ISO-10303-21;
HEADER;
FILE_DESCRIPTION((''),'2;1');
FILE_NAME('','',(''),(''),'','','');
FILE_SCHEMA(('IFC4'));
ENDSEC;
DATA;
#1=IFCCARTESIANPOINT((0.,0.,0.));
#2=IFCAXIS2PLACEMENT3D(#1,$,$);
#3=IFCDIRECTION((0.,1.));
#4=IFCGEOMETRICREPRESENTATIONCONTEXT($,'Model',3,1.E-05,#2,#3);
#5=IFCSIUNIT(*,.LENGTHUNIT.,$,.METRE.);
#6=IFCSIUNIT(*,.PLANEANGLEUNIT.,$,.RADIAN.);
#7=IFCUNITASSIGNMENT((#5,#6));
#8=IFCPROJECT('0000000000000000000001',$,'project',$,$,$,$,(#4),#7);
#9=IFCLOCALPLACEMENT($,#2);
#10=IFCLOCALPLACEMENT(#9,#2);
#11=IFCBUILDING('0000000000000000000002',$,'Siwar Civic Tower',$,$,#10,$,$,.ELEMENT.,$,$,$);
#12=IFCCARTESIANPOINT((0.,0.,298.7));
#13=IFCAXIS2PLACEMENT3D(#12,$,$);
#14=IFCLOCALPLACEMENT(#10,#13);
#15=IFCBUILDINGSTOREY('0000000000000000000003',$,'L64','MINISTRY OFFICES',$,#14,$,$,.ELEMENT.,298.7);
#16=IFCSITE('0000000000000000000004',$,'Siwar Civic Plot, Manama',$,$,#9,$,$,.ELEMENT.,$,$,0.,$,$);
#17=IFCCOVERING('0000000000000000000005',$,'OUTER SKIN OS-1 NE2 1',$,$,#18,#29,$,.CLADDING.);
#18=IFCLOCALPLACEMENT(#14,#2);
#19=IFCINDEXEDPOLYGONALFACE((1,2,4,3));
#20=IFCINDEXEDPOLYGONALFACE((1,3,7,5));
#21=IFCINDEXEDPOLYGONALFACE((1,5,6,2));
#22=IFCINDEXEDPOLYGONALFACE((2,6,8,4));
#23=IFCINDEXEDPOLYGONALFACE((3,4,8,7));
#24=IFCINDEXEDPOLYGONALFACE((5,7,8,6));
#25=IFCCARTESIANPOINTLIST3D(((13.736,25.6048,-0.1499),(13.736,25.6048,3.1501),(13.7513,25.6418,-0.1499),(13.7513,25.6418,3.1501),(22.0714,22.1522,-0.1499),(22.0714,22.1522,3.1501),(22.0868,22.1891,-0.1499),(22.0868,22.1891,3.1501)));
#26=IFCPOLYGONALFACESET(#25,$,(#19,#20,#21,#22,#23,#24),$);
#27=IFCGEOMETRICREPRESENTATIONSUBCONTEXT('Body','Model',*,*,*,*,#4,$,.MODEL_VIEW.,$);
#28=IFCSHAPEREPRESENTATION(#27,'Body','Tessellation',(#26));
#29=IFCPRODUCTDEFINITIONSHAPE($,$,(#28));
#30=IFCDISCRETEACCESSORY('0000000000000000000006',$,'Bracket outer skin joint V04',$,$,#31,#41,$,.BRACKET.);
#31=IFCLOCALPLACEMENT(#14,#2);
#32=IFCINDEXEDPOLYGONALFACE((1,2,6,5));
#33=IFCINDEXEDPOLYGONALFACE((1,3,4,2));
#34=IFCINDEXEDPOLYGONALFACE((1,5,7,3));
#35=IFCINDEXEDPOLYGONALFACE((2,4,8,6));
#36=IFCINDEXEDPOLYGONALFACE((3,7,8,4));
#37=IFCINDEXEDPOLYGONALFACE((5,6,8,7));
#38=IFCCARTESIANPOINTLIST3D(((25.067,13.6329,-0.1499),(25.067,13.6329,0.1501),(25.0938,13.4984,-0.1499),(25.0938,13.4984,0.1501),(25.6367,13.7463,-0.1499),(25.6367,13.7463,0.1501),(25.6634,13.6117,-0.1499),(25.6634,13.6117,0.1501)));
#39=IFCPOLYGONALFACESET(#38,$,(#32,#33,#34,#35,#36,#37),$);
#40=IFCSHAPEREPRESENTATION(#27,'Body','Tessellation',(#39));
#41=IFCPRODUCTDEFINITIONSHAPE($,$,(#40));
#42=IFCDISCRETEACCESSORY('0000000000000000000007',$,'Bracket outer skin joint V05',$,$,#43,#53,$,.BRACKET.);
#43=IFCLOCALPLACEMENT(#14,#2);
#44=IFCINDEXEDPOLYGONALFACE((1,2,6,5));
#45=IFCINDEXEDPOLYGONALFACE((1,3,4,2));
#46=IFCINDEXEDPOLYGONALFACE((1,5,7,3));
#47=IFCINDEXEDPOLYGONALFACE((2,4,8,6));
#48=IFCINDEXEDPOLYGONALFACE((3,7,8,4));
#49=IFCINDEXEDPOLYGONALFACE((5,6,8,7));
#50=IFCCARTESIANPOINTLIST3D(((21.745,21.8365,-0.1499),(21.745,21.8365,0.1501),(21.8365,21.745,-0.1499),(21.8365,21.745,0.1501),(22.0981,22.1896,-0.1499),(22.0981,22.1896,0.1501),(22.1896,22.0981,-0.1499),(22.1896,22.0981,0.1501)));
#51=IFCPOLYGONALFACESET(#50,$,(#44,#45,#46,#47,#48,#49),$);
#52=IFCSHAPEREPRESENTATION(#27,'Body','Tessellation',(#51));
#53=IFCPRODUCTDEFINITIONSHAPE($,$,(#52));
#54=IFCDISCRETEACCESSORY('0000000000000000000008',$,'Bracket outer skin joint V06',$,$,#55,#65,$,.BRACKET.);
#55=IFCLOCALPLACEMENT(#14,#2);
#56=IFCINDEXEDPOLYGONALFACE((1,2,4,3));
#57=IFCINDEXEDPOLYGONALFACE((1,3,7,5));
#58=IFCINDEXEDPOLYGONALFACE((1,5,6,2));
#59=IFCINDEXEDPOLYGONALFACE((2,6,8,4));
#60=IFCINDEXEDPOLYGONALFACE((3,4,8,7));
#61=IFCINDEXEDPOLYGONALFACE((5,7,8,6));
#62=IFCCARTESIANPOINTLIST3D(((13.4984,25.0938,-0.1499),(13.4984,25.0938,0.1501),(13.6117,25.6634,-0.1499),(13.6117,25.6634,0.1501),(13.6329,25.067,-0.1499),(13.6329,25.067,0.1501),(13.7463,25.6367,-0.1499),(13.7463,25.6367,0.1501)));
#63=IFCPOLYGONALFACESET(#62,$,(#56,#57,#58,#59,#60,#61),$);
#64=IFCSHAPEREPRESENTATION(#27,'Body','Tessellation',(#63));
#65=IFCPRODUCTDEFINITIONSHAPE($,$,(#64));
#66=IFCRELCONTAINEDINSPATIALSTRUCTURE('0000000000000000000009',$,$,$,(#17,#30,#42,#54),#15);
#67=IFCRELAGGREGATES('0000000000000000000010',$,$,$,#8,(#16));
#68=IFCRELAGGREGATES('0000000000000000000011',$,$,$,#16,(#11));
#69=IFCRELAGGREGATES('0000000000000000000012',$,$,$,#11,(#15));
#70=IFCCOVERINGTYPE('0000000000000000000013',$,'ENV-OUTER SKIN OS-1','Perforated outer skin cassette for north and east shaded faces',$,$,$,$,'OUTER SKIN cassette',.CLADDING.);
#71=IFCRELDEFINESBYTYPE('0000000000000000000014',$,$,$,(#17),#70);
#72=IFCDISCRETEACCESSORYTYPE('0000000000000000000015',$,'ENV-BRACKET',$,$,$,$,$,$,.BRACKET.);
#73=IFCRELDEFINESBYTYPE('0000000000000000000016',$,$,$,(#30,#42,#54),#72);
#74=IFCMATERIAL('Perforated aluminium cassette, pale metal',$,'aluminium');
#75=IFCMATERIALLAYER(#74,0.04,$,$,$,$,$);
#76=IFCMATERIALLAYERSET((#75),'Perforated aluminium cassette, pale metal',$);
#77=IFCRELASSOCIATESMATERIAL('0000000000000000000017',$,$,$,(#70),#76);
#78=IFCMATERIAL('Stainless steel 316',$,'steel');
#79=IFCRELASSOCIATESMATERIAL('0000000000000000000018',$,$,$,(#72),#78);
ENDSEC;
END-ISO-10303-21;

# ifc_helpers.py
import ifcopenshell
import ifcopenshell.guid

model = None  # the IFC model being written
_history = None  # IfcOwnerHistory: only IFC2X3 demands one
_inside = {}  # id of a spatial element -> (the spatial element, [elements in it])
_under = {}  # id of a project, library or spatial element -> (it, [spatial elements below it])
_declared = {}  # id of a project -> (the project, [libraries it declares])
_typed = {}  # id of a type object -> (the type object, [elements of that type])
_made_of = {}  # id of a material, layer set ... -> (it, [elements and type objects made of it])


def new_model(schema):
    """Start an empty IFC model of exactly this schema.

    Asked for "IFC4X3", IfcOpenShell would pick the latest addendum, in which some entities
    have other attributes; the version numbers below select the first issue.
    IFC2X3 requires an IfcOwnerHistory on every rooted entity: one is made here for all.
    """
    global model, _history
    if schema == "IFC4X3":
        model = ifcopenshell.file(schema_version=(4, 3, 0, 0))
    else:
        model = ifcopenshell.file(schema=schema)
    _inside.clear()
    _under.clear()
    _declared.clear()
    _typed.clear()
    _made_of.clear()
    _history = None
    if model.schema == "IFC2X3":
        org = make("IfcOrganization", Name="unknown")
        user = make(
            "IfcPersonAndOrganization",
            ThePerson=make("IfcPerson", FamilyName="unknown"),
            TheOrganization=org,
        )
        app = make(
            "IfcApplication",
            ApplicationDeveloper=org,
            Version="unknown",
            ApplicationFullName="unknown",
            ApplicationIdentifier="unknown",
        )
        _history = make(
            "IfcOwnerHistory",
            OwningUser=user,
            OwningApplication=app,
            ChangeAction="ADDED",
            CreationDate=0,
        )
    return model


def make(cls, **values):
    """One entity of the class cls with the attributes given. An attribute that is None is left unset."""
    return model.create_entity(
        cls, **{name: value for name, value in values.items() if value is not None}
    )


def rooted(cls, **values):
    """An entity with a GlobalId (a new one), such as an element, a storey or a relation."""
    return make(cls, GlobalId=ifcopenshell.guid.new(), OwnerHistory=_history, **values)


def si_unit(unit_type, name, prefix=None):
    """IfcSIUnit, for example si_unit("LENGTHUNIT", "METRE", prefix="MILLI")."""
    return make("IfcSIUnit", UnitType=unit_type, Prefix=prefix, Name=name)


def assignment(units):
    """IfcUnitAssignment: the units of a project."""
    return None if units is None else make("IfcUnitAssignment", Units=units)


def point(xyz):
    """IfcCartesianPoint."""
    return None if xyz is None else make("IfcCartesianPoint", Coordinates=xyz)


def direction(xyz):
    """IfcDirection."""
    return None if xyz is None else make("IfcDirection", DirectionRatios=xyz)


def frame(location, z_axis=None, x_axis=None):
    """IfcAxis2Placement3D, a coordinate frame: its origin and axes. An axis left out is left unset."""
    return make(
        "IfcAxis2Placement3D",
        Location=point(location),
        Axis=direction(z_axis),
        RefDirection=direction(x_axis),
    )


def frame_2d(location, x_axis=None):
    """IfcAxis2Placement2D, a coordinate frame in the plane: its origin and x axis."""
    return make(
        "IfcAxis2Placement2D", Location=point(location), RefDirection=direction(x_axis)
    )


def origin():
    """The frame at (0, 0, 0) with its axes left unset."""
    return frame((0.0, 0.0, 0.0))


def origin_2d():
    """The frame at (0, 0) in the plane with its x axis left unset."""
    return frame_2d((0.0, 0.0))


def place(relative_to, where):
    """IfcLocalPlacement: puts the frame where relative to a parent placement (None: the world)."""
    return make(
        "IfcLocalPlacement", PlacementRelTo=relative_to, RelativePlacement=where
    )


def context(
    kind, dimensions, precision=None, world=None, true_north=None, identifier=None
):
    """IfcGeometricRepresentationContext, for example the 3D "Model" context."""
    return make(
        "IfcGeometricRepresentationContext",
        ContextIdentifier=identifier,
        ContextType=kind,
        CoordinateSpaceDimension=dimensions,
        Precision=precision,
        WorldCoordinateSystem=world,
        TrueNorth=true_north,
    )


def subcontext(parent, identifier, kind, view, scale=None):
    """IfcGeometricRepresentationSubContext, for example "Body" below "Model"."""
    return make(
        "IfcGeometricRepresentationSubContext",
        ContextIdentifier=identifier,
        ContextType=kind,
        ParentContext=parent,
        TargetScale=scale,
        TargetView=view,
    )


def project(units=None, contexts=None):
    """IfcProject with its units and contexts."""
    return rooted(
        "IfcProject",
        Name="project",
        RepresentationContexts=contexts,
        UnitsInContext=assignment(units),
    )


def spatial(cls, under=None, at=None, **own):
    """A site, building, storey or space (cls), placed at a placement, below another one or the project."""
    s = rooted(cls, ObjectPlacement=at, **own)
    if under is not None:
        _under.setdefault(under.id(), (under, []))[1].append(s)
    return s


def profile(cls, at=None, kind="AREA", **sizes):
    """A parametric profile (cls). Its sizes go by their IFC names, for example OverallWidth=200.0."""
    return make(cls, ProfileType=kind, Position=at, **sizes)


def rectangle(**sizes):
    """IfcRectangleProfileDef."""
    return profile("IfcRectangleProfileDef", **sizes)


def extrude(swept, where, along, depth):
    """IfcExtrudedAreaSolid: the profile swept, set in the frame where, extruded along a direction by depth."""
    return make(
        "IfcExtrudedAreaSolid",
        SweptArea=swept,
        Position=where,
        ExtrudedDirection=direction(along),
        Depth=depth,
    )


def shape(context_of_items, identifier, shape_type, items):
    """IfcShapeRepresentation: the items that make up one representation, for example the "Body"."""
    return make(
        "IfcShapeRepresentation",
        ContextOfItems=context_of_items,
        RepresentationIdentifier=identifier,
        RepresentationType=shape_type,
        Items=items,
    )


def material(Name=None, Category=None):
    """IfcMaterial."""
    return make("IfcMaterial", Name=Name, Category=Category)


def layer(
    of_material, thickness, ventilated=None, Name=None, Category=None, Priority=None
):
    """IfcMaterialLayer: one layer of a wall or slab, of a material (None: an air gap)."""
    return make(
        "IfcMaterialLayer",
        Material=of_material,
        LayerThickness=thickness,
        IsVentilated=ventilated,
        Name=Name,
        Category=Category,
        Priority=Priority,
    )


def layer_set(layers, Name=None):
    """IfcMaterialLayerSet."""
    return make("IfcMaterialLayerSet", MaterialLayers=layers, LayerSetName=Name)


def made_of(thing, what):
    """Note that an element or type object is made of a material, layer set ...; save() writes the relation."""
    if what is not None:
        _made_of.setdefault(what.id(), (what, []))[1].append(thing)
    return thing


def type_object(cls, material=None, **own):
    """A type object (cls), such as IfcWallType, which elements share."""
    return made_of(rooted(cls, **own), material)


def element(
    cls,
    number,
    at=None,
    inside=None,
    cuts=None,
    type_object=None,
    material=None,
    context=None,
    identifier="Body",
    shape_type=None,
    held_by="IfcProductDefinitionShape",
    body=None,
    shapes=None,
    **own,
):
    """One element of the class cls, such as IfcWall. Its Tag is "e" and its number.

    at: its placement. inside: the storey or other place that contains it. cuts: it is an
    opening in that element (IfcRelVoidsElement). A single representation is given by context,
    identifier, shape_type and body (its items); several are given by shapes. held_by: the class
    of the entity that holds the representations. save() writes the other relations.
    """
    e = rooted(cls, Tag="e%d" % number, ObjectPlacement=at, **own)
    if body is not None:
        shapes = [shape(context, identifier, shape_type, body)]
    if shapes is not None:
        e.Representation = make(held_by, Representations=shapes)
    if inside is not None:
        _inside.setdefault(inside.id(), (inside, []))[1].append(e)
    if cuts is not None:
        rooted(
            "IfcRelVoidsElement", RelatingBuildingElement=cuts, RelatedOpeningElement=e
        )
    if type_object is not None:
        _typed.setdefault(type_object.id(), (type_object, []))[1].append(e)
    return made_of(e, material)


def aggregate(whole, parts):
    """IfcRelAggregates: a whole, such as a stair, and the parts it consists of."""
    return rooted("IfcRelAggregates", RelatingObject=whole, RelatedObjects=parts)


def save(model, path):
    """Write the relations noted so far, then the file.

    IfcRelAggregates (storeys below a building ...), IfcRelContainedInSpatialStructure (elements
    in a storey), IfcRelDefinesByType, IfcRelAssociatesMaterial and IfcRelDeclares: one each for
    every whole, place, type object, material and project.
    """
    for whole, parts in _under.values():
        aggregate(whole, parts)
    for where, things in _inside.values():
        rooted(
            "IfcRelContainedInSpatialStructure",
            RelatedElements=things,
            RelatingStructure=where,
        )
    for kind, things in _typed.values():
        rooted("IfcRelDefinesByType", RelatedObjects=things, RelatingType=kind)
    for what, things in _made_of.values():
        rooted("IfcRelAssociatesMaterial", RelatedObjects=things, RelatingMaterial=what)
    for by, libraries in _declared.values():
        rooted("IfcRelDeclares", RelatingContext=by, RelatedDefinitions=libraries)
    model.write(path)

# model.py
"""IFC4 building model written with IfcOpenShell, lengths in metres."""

from ifc_helpers import new_model, si_unit, direction, frame, origin, origin_2d, place, context, subcontext, project, spatial, rectangle, extrude, material, layer, layer_set, type_object, element, save


model = new_model("IFC4")

# Units and contexts
model_context = context("Model", 3, precision=1e-05, world=origin(), true_north=direction((0.0, 1.0)))
body_context = subcontext(model_context, "Body", "Model", "MODEL_VIEW")
ifc_project = project(units=[si_unit("LENGTHUNIT", "METRE"), si_unit("PLANEANGLEUNIT", "RADIAN")], contexts=[model_context])

# Site, building, storey
site_placement = place(None, origin())
site = spatial("IfcSite", under=ifc_project, at=site_placement, Name="Siwar Civic Plot, Manama", CompositionType="ELEMENT", RefElevation=0.0)
building_placement = place(site_placement, origin())
building = spatial("IfcBuilding", under=site, at=building_placement, Name="Siwar Civic Tower", CompositionType="ELEMENT")
storey_placement = place(building_placement, frame((0.0, 0.0, 298.7)))
storey = spatial("IfcBuildingStorey", under=building, at=storey_placement, Name="L64", Description="MINISTRY OFFICES", CompositionType="ELEMENT", Elevation=298.7)

# Covering
ifc_material_1 = material(Name="Perforated aluminium cassette, pale metal", Category="aluminium")
ifc_layer_1 = layer(ifc_material_1, 0.04)
ifc_layer_set_1 = layer_set([ifc_layer_1], Name="Perforated aluminium cassette, pale metal")
covering_type = type_object("IfcCoveringType", Name="ENV-OUTER SKIN OS-1", Description="Perforated outer skin cassette for north and east shaded faces", ElementType="OUTER SKIN cassette", PredefinedType="CLADDING", material=ifc_layer_set_1)
for number, where, z_axis, x_axis, name in (
    (1, (17.9114, 23.897, -0.1499), (0.0, 0.0, 1.0), (-0.92388, 0.382683, 0.0), "OUTER SKIN OS-1 NE2 1"),
):
    element("IfcCovering", number, at=place(storey_placement, frame(where, z_axis=z_axis, x_axis=x_axis)), inside=storey, type_object=covering_type, Name=name, PredefinedType="CLADDING", context=body_context, shape_type="SweptSolid", body=[
        extrude(rectangle(XDim=9.0222, YDim=0.04, at=origin_2d()), origin(), (0.0, 0.0, 1.0), 3.3),
    ])

# Discrete accessories
ifc_material_2 = material(Name="Stainless steel 316", Category="steel")
discrete_accessory_type = type_object("IfcDiscreteAccessoryType", Name="ENV-BRACKET", PredefinedType="BRACKET", material=ifc_material_2)
discrete_accessory_1_placement = place(storey_placement, frame((25.3652, 13.6223, -0.1499), z_axis=(0.0, 0.0, 1.0), x_axis=(0.980785, 0.19509, 0.0)))
element("IfcDiscreteAccessory", 2, at=discrete_accessory_1_placement, inside=storey, type_object=discrete_accessory_type, Name="Bracket outer skin joint V04", PredefinedType="BRACKET", context=body_context, shape_type="SweptSolid", body=[
    extrude(rectangle(XDim=0.5808, YDim=0.1372, at=origin_2d()), origin(), (0.0, 0.0, 1.0), 0.3),
])
discrete_accessory_2_placement = place(storey_placement, frame((21.9673, 21.9673, -0.1499), z_axis=(0.0, 0.0, 1.0), x_axis=(0.707107, 0.707107, 0.0)))
element("IfcDiscreteAccessory", 3, at=discrete_accessory_2_placement, inside=storey, type_object=discrete_accessory_type, Name="Bracket outer skin joint V05", PredefinedType="BRACKET", context=body_context, shape_type="SweptSolid", body=[
    extrude(rectangle(XDim=0.4993, YDim=0.1294, at=origin_2d()), origin(), (0.0, 0.0, 1.0), 0.3),
])
discrete_accessory_3_placement = place(storey_placement, frame((13.6223, 25.3652, -0.1499), z_axis=(0.0, 0.0, 1.0), x_axis=(0.19509, 0.980785, 0.0)))
element("IfcDiscreteAccessory", 4, at=discrete_accessory_3_placement, inside=storey, type_object=discrete_accessory_type, Name="Bracket outer skin joint V06", PredefinedType="BRACKET", context=body_context, shape_type="SweptSolid", body=[
    extrude(rectangle(XDim=0.5808, YDim=0.1372, at=origin_2d()), origin(), (0.0, 0.0, 1.0), 0.3),
])

save(model, "model.ifc")
